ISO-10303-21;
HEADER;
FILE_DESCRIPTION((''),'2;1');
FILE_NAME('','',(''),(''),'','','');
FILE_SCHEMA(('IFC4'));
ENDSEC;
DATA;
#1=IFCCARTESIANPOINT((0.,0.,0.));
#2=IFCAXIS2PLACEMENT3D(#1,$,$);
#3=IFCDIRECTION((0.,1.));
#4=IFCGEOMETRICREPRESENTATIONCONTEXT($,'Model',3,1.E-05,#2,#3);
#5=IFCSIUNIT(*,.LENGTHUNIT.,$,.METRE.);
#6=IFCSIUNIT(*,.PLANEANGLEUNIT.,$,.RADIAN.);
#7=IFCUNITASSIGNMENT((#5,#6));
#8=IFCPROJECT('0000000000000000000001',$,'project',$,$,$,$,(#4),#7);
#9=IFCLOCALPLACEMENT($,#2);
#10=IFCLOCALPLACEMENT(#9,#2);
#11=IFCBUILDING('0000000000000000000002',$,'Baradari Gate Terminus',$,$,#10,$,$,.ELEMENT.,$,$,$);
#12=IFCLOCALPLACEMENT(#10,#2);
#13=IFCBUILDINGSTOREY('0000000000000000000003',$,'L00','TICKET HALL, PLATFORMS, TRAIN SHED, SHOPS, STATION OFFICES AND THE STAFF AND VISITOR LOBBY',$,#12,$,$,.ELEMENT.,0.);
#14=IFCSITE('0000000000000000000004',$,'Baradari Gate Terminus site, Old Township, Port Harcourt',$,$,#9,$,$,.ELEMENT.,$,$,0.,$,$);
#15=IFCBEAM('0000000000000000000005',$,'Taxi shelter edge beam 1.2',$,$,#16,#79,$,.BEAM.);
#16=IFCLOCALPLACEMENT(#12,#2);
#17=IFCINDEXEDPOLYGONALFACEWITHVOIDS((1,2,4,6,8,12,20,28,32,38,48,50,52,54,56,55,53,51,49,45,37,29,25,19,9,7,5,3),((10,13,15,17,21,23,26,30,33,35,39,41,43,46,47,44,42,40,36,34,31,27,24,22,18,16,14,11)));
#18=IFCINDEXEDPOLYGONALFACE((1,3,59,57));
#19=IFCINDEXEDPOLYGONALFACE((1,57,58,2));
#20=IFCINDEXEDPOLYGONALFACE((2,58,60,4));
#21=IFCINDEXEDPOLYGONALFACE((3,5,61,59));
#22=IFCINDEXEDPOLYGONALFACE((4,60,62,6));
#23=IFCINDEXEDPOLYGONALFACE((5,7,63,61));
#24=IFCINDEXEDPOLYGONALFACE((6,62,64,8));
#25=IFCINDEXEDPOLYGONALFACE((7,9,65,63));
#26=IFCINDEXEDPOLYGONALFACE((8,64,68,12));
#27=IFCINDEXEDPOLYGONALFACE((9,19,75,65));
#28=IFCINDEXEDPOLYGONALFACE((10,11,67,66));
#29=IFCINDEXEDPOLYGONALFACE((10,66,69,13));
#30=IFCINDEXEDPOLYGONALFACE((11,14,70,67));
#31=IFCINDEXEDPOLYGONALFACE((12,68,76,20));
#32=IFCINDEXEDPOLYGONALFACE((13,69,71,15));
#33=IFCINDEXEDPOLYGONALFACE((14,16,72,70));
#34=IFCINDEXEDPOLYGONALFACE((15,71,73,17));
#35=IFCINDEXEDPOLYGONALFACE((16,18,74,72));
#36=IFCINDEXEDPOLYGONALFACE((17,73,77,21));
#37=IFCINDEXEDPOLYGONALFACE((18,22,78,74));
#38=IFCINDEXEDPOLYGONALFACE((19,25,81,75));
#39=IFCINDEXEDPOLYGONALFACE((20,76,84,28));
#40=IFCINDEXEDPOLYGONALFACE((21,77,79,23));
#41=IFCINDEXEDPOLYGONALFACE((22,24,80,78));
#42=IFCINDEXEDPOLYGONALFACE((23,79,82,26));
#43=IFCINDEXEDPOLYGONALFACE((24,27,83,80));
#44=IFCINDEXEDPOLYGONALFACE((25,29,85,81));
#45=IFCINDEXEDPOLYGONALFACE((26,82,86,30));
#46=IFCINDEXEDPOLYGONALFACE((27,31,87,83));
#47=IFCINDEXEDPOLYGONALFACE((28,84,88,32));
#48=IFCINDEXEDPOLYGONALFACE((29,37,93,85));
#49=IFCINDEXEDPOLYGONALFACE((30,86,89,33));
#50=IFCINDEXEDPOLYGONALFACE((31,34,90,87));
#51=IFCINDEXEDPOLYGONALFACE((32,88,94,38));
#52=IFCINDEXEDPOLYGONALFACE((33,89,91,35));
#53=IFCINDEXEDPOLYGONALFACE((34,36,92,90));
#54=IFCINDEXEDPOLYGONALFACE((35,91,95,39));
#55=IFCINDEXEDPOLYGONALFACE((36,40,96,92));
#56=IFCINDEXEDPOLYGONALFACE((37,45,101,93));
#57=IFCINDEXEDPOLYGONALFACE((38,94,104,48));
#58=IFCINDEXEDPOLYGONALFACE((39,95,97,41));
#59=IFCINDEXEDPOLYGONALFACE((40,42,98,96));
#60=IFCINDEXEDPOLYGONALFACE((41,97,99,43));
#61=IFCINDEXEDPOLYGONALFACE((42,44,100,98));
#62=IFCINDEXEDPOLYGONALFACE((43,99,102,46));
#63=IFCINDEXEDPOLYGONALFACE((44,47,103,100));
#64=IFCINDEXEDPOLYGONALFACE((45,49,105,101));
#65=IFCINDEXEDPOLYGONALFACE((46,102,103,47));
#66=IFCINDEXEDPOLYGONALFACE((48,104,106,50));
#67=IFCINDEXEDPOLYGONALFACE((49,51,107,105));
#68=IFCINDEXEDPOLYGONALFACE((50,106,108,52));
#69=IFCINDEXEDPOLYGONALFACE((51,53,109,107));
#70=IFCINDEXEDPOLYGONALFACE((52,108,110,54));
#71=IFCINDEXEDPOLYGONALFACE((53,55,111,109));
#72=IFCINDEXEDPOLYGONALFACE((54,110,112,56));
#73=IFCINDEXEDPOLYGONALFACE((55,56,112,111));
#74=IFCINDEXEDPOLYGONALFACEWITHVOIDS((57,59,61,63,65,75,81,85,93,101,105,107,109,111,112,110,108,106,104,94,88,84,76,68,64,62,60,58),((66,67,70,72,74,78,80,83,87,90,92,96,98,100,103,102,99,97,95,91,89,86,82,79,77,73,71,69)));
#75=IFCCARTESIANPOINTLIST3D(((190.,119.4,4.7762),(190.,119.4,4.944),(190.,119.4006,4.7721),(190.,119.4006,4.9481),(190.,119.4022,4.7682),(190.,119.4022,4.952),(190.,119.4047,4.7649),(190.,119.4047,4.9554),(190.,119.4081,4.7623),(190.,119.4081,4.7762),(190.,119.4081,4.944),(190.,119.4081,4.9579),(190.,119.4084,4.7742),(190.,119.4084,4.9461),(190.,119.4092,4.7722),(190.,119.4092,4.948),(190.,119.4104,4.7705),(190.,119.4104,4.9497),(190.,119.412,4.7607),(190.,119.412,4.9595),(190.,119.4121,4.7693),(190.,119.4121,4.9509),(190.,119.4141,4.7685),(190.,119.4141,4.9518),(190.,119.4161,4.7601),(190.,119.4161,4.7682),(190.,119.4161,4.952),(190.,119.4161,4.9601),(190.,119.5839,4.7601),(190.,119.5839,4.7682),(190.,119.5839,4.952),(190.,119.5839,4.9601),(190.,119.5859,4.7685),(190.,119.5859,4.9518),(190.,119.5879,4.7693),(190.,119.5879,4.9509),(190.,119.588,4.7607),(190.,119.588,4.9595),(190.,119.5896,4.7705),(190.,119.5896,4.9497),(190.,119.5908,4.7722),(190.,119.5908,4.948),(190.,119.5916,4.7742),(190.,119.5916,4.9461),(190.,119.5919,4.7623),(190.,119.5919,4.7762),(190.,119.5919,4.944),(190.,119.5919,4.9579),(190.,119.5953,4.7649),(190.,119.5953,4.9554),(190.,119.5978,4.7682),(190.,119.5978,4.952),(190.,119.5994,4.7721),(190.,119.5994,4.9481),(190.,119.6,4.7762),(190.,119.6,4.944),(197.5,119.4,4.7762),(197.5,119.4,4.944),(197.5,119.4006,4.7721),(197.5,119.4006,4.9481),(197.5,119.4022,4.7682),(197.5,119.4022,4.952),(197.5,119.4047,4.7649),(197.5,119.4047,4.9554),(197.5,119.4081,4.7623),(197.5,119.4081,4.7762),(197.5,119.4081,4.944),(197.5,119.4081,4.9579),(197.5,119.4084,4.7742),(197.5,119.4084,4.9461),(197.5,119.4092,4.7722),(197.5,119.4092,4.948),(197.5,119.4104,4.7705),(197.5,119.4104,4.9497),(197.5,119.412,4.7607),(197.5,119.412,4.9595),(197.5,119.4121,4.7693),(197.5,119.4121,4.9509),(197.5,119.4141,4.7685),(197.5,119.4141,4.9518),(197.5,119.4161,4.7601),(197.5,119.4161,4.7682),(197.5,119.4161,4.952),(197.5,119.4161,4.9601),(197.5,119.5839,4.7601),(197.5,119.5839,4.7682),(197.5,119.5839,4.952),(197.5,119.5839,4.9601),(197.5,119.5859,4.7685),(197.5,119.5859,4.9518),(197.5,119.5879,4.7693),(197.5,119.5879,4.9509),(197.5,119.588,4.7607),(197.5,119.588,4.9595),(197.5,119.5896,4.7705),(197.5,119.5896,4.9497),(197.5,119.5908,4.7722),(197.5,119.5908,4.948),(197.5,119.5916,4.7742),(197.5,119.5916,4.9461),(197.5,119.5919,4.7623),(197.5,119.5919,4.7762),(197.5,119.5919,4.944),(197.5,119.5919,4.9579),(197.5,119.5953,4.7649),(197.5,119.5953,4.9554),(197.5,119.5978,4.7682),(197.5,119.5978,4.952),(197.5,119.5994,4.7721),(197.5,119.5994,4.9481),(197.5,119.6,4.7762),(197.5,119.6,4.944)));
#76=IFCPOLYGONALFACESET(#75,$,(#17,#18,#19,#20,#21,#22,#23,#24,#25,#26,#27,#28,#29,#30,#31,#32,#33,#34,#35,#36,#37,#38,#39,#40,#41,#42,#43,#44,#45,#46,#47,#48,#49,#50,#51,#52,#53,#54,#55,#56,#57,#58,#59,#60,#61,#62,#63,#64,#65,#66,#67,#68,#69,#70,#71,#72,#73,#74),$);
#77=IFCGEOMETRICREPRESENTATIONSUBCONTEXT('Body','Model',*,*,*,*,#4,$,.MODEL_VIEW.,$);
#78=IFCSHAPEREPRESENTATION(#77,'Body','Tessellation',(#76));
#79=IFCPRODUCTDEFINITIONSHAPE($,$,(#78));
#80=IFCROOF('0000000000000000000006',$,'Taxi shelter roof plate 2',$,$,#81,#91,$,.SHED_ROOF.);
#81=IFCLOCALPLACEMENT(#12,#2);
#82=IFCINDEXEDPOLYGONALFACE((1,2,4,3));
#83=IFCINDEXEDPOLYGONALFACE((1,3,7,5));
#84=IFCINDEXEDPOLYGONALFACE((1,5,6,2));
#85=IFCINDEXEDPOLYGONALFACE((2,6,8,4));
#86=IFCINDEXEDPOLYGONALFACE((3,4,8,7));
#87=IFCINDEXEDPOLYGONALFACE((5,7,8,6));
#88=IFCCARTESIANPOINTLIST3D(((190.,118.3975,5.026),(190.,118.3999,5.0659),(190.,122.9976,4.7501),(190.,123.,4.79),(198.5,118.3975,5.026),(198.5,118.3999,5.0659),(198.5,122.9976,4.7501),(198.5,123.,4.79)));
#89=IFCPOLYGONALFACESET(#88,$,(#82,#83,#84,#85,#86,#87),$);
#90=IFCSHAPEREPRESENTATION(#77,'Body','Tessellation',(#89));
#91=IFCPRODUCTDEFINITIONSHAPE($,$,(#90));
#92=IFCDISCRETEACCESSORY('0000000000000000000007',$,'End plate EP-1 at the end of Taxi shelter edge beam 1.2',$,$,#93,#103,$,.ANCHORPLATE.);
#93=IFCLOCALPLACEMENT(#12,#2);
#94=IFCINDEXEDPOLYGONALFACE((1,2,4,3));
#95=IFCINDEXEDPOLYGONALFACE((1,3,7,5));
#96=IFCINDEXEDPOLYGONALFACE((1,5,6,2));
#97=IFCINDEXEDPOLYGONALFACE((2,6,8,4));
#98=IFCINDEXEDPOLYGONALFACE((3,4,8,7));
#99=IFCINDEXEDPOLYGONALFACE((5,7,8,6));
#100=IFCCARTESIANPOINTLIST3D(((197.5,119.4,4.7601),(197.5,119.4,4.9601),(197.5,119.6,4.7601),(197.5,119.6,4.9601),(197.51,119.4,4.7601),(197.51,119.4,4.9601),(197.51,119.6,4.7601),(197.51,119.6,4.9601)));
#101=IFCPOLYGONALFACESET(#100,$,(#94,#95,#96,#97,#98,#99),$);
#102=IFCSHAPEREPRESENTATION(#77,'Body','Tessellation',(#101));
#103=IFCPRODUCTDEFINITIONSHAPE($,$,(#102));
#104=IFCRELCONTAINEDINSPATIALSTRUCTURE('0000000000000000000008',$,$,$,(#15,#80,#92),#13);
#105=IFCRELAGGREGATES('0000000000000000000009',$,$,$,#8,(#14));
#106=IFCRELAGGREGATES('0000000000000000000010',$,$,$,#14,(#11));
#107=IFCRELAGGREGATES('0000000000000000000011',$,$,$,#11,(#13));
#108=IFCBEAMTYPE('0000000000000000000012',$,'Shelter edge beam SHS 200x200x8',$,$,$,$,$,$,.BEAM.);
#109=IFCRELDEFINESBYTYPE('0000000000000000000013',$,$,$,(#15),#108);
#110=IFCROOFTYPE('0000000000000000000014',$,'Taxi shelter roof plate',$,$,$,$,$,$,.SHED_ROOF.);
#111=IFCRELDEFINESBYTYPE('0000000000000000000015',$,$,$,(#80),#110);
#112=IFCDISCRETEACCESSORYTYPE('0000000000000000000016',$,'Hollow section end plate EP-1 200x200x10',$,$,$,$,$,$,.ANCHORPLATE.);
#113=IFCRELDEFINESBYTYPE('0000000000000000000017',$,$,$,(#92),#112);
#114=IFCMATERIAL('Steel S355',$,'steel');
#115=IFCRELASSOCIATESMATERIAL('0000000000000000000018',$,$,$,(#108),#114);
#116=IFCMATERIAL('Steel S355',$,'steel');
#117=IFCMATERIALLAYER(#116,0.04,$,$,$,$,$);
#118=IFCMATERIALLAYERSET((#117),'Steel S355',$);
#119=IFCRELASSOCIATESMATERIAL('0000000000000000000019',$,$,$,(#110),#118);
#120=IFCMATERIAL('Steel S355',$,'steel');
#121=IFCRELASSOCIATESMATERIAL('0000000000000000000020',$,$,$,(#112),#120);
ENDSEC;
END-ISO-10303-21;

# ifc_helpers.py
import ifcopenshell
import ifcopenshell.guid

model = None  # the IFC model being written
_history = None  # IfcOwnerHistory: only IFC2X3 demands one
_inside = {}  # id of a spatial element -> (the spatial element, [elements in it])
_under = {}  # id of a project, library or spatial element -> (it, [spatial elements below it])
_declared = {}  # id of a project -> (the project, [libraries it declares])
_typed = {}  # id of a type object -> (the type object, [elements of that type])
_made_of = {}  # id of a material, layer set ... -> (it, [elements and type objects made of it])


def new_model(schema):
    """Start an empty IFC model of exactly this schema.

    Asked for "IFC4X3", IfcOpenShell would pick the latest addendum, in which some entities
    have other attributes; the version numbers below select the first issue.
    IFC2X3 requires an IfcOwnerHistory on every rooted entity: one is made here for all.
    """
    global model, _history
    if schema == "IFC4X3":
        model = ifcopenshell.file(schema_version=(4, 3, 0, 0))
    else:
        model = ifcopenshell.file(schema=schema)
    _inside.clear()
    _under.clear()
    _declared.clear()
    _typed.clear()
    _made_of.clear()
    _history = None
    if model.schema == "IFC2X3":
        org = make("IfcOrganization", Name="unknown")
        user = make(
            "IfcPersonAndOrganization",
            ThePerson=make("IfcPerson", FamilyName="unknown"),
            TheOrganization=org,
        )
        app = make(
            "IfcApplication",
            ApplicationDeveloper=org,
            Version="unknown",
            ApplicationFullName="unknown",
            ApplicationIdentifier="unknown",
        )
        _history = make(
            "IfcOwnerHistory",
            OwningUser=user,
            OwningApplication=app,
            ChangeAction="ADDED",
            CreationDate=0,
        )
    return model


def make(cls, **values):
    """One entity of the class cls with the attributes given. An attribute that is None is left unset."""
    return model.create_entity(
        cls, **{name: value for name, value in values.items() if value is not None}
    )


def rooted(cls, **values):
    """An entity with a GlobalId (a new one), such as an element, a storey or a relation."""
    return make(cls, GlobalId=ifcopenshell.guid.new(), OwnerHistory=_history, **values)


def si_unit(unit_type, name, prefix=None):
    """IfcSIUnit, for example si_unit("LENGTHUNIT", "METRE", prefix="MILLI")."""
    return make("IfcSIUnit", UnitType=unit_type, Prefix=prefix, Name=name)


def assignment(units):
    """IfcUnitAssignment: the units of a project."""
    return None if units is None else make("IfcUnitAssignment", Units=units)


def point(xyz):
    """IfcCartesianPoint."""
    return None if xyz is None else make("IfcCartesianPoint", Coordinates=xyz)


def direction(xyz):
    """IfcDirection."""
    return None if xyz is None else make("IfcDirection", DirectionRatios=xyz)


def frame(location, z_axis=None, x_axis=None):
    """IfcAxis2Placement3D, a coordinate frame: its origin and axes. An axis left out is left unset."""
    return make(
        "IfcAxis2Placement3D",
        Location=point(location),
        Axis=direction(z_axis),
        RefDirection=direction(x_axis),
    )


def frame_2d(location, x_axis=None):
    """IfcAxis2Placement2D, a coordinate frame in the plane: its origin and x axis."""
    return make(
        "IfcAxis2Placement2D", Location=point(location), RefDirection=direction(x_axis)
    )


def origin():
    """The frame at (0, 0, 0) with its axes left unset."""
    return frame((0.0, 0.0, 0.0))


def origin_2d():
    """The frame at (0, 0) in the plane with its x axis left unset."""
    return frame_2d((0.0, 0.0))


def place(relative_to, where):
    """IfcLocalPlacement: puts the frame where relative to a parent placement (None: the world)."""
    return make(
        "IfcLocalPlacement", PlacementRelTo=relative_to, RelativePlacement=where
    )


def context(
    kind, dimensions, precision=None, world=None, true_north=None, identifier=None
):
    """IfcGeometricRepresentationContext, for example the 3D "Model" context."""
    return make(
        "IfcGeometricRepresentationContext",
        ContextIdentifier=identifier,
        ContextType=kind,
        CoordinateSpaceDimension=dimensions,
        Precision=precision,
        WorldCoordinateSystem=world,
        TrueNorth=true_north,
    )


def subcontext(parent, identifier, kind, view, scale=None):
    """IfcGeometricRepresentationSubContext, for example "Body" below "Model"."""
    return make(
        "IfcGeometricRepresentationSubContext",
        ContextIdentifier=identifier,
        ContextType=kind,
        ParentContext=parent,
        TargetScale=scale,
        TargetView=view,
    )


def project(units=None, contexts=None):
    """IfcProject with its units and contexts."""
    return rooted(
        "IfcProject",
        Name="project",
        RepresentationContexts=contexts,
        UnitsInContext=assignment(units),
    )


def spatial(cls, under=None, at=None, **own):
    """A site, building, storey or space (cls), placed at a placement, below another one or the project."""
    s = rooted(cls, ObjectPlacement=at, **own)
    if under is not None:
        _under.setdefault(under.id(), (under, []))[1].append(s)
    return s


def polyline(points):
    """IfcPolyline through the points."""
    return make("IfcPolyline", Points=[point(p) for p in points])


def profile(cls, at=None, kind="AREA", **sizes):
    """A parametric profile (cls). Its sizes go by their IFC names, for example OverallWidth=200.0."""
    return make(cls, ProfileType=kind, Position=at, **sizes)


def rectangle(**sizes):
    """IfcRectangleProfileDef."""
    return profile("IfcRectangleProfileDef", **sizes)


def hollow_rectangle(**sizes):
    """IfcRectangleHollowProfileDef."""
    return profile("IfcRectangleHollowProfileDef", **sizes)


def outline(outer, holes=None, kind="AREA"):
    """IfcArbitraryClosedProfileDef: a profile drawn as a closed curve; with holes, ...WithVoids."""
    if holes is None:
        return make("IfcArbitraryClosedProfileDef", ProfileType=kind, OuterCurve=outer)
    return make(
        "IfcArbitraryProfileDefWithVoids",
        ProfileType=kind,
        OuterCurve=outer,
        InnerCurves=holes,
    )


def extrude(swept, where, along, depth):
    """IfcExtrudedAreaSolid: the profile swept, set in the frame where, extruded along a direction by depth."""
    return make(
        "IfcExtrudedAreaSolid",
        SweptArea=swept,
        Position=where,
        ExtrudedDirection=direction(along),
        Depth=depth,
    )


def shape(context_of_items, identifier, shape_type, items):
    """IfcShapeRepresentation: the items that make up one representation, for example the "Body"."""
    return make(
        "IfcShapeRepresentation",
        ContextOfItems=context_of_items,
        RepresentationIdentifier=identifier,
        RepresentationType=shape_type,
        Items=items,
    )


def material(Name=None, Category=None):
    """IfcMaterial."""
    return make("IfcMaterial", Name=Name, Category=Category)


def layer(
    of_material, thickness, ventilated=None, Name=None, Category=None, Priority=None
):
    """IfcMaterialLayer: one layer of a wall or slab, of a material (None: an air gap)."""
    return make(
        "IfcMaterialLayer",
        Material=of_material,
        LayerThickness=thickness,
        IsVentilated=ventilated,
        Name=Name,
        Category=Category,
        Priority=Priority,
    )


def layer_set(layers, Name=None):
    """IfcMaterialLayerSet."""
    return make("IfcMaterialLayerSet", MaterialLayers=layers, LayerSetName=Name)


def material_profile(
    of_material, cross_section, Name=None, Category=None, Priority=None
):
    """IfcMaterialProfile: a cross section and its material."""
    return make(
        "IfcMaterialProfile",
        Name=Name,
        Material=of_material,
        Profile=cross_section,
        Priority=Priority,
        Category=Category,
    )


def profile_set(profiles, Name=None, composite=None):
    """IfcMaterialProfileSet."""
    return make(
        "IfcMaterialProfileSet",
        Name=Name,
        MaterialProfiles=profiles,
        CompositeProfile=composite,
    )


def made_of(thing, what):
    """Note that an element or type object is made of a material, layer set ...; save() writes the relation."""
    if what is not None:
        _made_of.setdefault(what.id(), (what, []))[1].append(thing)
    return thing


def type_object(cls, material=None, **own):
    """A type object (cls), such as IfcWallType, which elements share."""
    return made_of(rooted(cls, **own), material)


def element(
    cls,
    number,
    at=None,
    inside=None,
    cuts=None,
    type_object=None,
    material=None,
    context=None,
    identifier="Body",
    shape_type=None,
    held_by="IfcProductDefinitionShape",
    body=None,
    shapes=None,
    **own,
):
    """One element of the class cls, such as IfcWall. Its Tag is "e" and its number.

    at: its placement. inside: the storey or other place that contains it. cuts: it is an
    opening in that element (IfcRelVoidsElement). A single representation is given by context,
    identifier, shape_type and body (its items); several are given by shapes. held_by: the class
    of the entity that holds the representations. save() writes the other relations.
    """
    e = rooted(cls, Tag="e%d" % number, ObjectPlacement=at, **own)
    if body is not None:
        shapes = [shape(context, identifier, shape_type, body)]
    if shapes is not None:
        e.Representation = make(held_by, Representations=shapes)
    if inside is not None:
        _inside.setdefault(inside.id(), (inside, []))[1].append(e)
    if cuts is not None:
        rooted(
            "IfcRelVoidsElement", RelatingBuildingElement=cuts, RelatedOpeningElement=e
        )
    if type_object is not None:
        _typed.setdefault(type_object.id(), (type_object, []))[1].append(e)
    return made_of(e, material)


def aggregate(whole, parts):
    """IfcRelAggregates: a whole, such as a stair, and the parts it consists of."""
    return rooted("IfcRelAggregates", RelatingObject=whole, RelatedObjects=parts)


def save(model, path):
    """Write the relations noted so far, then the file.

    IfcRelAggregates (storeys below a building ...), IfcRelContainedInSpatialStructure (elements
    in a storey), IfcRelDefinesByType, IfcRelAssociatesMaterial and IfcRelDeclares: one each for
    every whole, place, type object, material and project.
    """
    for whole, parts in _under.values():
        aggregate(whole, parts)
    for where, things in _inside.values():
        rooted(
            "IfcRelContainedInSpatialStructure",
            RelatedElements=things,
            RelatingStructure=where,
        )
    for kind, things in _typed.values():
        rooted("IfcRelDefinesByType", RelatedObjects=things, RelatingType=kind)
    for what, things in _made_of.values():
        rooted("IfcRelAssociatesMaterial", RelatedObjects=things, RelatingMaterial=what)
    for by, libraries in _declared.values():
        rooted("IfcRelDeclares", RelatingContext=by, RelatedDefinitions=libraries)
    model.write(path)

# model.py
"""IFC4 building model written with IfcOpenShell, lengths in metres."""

from ifc_helpers import new_model, si_unit, direction, frame, origin, origin_2d, place, context, subcontext, project, spatial, polyline, rectangle, hollow_rectangle, outline, extrude, material, layer, layer_set, material_profile, profile_set, type_object, element, save


model = new_model("IFC4")

# Units and contexts
model_context = context("Model", 3, precision=1e-05, world=origin(), true_north=direction((0.0, 1.0)))
body_context = subcontext(model_context, "Body", "Model", "MODEL_VIEW")
ifc_project = project(units=[si_unit("LENGTHUNIT", "METRE"), si_unit("PLANEANGLEUNIT", "RADIAN")], contexts=[model_context])

# Site, building, storey
site_placement = place(None, origin())
site = spatial("IfcSite", under=ifc_project, at=site_placement, Name="Baradari Gate Terminus site, Old Township, Port Harcourt", CompositionType="ELEMENT", RefElevation=0.0)
building_placement = place(site_placement, origin())
building = spatial("IfcBuilding", under=site, at=building_placement, Name="Baradari Gate Terminus", CompositionType="ELEMENT")
storey_placement = place(building_placement, origin())
storey = spatial("IfcBuildingStorey", under=building, at=storey_placement, Name="L00", Description="TICKET HALL, PLATFORMS, TRAIN SHED, SHOPS, STATION OFFICES AND THE STAFF AND VISITOR LOBBY", CompositionType="ELEMENT", Elevation=0.0)

# Beam
ifc_material_1 = material(Name="Steel S355", Category="steel")
ifc_material_profile_1 = material_profile(ifc_material_1, hollow_rectangle(XDim=0.2, YDim=0.2, WallThickness=0.0081, InnerFilletRadius=0.0081, OuterFilletRadius=0.0161, at=origin_2d()), Name="SHS 200x200x8")
ifc_profile_set_1 = profile_set([ifc_material_profile_1], Name="Steel S355")
beam_type_1 = type_object("IfcBeamType", Name="Shelter edge beam SHS 200x200x8", PredefinedType="BEAM", material=ifc_profile_set_1)
beam_1_placement = place(storey_placement, frame((190.0, 119.5, 4.8601), z_axis=(1.0, 0.0, 0.0), x_axis=(0.0, 1.0, 0.0)))
element("IfcBeam", 1, at=beam_1_placement, inside=storey, type_object=beam_type_1, Name="Taxi shelter edge beam 1.2", PredefinedType="BEAM", context=body_context, shape_type="SweptSolid", body=[
    extrude(hollow_rectangle(XDim=0.2, YDim=0.2, WallThickness=0.0081, InnerFilletRadius=0.0081, OuterFilletRadius=0.0161, at=origin_2d()), origin(), (0.0, 0.0, 1.0), 7.5),
])

# Roof
ifc_material_2 = material(Name="Steel S355", Category="steel")
ifc_layer = layer(ifc_material_2, 0.04)
ifc_layer_set = layer_set([ifc_layer], Name="Steel S355")
roof_type = type_object("IfcRoofType", Name="Taxi shelter roof plate", PredefinedType="SHED_ROOF", material=ifc_layer_set)
roof_placement = place(storey_placement, frame((190.0, 118.3999, 5.0659), z_axis=(0.0, 0.059865, 0.998206), x_axis=(1.0, 0.0, 0.0)))
element("IfcRoof", 2, at=roof_placement, inside=storey, type_object=roof_type, Name="Taxi shelter roof plate 2", PredefinedType="SHED_ROOF", context=body_context, shape_type="SweptSolid", body=[
    extrude(outline(polyline([(0.0, 0.0), (8.5, 0.0), (8.5, 4.6084), (0.0, 4.6084), (0.0, 0.0)])), origin(), (0.0, 0.0, -1.0), 0.04),
])

# Discrete accessory
ifc_material_3 = material(Name="Steel S355", Category="steel")
discrete_accessory_type = type_object("IfcDiscreteAccessoryType", Name="Hollow section end plate EP-1 200x200x10", PredefinedType="ANCHORPLATE", material=ifc_material_3)
discrete_accessory_placement = place(storey_placement, frame((197.5, 119.5, 4.8601), z_axis=(1.0, 0.0, 0.0), x_axis=(0.0, 1.0, 0.0)))
element("IfcDiscreteAccessory", 3, at=discrete_accessory_placement, inside=storey, type_object=discrete_accessory_type, Name="End plate EP-1 at the end of Taxi shelter edge beam 1.2", PredefinedType="ANCHORPLATE", context=body_context, shape_type="SweptSolid", body=[
    extrude(rectangle(XDim=0.2, YDim=0.2, at=origin_2d()), origin(), (0.0, 0.0, 1.0), 0.01),
])

save(model, "model.ifc")
